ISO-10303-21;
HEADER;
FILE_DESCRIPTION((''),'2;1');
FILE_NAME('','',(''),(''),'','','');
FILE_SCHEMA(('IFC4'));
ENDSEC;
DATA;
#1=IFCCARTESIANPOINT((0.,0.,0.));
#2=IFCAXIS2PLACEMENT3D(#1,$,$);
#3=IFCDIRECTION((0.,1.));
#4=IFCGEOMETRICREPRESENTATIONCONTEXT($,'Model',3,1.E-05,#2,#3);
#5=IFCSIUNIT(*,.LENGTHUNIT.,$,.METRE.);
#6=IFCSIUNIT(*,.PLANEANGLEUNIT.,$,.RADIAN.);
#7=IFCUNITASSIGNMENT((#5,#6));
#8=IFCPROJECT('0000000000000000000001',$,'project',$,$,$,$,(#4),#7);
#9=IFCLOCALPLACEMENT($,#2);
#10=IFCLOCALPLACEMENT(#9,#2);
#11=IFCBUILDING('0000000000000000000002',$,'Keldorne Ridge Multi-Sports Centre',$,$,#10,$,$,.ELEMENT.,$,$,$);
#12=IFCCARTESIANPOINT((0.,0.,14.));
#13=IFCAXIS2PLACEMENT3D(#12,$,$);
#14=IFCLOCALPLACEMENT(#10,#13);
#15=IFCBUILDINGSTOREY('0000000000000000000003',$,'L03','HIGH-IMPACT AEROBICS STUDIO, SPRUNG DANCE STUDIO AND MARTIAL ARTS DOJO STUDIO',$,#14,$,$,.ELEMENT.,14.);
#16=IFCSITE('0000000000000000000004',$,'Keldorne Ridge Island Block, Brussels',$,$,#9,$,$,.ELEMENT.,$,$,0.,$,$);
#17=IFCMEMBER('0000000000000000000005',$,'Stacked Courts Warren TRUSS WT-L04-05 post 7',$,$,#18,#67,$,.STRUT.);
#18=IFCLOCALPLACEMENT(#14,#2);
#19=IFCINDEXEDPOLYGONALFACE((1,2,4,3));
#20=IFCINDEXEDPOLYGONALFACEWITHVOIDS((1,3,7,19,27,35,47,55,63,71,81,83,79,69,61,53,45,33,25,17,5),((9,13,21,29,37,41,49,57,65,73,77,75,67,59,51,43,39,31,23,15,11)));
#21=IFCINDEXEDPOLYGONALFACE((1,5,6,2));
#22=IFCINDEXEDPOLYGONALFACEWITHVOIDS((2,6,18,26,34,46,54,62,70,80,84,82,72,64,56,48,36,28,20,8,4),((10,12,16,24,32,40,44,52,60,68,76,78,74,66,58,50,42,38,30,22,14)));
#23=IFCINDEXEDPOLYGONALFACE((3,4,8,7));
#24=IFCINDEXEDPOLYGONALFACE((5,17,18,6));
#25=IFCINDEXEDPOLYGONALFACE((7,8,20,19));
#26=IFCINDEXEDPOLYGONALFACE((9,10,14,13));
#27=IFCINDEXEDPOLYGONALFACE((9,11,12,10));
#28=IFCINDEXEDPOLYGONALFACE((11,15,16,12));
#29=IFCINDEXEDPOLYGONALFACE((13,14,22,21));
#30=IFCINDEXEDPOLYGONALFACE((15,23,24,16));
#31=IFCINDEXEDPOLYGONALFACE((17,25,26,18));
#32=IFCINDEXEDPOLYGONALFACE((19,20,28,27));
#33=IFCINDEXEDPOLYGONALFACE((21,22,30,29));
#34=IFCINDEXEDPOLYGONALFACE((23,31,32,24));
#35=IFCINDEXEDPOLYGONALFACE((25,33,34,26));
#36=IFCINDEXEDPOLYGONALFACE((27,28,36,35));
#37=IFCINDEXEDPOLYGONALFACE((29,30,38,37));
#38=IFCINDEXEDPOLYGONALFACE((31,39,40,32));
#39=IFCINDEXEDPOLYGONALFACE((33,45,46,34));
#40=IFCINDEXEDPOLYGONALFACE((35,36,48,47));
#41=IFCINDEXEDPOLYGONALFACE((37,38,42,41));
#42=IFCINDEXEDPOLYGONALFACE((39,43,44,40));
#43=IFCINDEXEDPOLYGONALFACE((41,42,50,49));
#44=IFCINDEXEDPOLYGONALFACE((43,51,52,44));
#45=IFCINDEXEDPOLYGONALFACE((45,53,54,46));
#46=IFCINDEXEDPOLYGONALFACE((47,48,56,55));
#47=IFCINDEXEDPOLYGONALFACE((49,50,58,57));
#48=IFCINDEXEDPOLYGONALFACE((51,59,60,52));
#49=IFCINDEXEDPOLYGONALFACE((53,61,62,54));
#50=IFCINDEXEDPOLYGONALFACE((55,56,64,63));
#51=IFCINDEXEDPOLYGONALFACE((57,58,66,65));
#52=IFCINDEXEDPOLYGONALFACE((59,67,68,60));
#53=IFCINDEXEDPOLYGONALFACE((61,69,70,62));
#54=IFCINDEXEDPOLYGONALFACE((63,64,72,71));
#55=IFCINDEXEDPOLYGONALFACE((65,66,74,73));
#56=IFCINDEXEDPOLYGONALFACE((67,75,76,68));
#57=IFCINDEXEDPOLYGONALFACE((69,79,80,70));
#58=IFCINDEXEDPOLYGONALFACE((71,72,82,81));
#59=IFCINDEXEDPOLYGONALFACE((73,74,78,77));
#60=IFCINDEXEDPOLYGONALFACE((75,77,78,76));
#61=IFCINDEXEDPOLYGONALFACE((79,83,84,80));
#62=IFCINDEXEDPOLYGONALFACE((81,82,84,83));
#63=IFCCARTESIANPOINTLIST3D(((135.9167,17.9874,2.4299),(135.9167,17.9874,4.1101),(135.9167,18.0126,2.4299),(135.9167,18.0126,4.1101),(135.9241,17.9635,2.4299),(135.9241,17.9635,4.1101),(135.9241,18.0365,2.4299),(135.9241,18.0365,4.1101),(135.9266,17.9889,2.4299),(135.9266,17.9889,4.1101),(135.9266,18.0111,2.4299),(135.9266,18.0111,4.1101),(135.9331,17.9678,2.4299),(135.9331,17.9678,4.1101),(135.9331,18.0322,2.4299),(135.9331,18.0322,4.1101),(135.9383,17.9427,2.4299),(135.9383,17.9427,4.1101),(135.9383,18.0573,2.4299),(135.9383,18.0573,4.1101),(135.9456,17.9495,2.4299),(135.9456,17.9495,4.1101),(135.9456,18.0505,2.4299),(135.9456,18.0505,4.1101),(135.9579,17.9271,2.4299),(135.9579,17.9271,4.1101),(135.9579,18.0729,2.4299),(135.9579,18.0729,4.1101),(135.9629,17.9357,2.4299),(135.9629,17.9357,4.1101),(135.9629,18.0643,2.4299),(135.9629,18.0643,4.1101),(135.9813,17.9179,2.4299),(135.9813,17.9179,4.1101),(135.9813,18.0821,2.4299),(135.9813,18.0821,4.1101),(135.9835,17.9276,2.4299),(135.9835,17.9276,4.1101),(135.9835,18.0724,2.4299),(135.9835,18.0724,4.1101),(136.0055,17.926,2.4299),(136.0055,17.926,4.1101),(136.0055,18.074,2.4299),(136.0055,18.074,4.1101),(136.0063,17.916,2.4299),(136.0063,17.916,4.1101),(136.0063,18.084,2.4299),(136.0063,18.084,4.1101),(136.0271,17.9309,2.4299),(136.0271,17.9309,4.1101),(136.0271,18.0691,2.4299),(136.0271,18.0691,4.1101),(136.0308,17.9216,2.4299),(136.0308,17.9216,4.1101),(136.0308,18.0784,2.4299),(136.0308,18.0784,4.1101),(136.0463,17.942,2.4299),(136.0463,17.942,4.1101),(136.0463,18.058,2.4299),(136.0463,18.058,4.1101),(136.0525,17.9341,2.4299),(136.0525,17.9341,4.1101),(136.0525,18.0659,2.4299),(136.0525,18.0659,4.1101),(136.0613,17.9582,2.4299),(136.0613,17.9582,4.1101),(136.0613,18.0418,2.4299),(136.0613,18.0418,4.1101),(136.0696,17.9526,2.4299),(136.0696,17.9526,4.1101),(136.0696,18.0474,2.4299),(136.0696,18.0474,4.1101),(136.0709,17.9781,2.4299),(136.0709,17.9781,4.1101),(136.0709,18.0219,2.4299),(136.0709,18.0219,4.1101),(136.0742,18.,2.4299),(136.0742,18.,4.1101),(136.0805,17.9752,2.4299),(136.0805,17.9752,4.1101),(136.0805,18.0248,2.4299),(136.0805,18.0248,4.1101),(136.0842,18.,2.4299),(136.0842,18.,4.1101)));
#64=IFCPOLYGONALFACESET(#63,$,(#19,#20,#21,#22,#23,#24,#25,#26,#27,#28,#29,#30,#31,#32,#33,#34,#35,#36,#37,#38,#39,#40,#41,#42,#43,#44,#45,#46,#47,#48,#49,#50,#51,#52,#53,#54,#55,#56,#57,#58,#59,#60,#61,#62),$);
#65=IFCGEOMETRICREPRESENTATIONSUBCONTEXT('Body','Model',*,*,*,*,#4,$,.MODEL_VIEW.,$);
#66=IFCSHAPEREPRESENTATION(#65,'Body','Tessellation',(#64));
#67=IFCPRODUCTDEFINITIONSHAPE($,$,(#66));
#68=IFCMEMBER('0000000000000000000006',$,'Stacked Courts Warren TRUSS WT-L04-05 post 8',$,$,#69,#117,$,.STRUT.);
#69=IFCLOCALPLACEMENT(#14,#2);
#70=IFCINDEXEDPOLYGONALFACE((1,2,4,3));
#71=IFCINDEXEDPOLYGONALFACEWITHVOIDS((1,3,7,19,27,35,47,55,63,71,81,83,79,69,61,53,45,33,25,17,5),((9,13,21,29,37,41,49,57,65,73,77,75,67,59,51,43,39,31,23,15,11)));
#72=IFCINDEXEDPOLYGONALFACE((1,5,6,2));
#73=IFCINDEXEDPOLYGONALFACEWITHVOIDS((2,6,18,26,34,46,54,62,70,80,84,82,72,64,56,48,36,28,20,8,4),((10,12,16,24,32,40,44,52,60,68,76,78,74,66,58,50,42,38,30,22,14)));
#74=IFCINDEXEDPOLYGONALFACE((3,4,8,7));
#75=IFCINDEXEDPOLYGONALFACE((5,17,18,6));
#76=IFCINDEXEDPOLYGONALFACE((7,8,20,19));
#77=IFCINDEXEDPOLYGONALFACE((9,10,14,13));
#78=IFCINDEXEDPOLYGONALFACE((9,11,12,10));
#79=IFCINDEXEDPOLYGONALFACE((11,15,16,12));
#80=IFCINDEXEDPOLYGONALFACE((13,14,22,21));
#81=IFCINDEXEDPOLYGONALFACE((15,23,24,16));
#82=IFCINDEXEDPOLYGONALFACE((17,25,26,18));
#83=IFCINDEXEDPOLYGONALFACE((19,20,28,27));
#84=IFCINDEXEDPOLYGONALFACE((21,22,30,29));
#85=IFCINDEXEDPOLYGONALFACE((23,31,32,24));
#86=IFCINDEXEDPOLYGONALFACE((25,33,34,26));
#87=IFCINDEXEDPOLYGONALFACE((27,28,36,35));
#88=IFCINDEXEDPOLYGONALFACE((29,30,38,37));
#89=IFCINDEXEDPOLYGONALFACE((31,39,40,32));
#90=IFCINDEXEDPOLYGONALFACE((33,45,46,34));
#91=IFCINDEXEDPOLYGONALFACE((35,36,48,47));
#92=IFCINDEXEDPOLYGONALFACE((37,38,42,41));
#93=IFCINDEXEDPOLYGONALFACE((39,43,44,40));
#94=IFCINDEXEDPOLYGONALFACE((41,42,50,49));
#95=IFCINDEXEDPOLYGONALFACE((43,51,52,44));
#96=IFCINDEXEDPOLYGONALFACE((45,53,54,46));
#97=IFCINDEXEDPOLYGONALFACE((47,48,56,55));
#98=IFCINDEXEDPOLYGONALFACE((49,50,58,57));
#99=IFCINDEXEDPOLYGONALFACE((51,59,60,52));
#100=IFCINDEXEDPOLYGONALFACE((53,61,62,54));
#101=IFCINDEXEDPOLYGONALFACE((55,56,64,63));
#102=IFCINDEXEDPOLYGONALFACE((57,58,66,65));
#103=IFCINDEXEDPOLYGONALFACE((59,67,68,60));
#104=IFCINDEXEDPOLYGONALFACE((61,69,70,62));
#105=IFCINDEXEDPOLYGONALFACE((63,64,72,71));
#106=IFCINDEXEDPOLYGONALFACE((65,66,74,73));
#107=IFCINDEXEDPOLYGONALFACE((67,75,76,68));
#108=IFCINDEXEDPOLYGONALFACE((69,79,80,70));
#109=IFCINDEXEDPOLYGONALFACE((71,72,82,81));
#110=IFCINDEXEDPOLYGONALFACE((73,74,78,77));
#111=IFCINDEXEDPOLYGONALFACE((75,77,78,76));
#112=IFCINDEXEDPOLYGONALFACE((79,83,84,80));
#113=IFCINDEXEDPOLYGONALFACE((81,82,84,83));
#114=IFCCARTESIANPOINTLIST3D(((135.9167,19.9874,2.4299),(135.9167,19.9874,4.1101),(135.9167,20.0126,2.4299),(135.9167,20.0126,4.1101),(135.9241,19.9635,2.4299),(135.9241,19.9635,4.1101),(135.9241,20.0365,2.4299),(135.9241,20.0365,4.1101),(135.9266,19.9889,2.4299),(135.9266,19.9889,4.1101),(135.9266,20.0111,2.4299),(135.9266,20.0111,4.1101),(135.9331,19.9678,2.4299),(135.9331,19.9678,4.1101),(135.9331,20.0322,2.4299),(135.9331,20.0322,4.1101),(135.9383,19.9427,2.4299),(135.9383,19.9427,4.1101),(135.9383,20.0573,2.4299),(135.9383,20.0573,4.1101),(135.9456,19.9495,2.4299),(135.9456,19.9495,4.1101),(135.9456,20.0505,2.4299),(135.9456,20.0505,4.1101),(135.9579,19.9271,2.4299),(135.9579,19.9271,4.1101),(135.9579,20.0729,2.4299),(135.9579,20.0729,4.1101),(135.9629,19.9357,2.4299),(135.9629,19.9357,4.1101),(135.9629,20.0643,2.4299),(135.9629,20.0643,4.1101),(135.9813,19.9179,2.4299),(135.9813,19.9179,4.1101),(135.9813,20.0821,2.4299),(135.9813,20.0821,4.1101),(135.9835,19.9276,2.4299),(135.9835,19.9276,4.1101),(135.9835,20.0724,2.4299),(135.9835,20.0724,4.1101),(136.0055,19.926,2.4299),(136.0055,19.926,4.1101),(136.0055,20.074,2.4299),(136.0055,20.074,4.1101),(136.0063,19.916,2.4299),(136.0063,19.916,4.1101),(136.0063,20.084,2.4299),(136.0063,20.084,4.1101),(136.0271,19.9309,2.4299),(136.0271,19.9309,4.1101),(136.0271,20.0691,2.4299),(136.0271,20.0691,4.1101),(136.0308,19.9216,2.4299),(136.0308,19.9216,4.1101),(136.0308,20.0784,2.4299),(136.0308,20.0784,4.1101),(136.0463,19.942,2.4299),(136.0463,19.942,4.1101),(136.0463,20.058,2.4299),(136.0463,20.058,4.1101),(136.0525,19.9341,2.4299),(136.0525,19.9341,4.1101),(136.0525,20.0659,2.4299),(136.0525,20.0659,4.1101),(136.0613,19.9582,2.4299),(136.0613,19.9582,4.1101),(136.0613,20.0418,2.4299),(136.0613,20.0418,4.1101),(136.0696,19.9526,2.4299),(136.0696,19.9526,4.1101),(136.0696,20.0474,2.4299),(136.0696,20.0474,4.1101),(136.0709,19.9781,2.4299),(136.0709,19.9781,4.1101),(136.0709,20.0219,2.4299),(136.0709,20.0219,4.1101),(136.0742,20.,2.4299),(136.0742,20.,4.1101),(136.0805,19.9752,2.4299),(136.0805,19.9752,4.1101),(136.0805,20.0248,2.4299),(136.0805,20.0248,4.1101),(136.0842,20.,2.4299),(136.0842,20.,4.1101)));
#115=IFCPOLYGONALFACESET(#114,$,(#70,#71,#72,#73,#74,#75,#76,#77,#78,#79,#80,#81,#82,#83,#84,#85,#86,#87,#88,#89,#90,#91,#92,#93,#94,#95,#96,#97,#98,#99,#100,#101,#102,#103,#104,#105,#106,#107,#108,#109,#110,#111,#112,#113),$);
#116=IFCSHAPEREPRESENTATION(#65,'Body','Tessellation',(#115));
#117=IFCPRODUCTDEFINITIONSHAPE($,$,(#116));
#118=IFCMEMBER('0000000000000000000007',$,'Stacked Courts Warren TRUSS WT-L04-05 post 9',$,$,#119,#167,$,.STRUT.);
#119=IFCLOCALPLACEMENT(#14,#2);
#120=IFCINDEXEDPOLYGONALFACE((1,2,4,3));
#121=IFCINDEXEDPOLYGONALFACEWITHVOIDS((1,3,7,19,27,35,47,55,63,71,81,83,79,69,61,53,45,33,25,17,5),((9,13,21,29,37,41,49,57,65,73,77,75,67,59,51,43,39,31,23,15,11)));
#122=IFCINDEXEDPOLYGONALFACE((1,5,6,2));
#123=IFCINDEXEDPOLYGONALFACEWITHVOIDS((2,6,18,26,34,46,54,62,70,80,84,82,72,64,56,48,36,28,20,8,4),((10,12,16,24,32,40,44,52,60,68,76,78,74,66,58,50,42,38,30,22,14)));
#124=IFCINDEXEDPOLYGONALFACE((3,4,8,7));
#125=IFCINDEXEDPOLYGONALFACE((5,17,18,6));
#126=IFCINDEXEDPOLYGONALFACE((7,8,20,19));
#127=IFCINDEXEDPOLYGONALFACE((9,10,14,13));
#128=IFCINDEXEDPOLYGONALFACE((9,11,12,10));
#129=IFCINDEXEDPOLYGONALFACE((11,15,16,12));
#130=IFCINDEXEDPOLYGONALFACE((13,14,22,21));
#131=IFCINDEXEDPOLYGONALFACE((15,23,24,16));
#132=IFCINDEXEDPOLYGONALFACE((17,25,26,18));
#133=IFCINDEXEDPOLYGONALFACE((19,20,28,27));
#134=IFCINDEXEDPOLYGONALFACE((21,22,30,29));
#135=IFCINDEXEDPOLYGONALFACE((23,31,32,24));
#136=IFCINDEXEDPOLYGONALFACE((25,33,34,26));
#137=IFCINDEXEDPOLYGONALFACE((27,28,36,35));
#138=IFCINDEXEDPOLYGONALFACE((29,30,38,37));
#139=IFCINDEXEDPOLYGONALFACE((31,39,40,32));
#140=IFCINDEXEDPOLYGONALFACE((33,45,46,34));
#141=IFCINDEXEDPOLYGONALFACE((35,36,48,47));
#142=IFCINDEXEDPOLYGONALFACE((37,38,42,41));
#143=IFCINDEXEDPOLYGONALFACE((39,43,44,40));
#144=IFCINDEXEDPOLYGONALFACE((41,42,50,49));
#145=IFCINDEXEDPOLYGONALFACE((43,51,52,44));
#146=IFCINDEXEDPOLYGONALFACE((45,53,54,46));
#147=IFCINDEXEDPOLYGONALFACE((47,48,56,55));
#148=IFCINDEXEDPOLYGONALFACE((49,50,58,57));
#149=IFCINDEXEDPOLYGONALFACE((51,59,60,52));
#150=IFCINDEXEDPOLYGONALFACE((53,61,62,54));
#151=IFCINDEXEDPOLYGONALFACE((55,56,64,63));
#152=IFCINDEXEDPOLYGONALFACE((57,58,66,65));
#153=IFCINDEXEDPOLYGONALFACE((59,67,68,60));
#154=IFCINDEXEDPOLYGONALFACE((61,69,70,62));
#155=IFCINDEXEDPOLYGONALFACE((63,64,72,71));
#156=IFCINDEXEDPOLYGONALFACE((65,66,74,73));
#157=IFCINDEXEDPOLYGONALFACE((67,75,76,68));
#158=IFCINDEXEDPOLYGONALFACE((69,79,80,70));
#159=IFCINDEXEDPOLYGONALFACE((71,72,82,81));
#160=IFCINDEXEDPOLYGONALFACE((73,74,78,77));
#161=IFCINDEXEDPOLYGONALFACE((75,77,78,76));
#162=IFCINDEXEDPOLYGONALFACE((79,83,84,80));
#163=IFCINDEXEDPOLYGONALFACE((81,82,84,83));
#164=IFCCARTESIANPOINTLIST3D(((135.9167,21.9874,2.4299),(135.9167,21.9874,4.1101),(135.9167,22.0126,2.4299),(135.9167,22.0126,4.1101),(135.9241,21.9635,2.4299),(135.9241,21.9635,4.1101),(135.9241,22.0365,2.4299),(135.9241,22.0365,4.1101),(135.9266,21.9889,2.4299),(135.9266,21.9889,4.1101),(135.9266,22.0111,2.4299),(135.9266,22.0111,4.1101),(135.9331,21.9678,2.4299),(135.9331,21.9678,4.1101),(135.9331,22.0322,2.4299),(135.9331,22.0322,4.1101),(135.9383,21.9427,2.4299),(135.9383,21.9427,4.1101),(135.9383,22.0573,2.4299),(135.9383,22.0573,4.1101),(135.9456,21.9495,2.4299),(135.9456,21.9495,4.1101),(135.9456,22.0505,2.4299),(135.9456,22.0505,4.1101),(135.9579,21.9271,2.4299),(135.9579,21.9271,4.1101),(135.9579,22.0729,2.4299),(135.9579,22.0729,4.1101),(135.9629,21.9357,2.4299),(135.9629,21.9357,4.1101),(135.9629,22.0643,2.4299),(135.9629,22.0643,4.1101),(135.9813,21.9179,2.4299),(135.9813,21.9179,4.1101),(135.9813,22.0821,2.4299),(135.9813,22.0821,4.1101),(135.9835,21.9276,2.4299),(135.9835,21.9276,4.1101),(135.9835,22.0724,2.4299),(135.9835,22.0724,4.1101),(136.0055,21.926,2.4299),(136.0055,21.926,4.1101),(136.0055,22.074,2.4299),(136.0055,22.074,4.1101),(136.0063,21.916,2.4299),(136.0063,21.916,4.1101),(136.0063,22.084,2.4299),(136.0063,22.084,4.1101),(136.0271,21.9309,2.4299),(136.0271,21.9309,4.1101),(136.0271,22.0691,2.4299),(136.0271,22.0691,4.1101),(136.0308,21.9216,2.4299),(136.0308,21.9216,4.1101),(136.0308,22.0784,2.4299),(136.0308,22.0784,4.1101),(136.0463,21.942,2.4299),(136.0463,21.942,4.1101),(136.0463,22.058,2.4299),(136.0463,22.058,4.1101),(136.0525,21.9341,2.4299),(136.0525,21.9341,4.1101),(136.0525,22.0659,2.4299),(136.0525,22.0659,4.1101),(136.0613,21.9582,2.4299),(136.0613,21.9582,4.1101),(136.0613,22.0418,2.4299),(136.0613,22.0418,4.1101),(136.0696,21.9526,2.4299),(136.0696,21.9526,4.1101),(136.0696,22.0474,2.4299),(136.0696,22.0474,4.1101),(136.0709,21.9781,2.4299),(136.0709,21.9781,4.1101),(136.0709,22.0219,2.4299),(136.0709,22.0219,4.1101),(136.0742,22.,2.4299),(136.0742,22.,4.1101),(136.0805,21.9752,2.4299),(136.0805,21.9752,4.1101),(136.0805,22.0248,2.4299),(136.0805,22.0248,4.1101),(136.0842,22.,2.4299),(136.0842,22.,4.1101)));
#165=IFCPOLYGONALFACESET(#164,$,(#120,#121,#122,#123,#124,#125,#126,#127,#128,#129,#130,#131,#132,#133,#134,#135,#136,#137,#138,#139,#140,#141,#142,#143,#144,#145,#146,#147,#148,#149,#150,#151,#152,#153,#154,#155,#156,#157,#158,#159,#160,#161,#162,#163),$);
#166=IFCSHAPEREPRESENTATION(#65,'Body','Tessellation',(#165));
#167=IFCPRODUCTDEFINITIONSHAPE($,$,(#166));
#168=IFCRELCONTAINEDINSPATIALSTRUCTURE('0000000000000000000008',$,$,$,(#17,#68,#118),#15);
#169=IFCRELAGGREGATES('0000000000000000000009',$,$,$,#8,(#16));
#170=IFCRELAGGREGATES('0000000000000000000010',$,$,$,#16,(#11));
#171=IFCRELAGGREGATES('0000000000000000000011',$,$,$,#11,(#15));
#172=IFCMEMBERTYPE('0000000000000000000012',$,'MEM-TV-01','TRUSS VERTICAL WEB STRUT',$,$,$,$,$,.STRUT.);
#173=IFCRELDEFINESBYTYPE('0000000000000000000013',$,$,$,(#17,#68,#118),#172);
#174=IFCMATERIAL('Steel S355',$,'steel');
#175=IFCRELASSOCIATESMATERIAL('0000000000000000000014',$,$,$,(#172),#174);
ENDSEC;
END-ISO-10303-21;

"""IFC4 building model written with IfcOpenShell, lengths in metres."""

from ifc_helpers import new_model, si_unit, direction, frame, origin, origin_2d, place, context, subcontext, project, spatial, hollow_circle, extrude, material, material_profile, profile_set, type_object, element, save


model = new_model("IFC4")

# Units and contexts
model_context = context("Model", 3, precision=1e-05, world=origin(), true_north=direction((0.0, 1.0)))
body_context = subcontext(model_context, "Body", "Model", "MODEL_VIEW")
ifc_project = project(units=[si_unit("LENGTHUNIT", "METRE"), si_unit("PLANEANGLEUNIT", "RADIAN")], contexts=[model_context])

# Site, building, storey
site_placement = place(None, origin())
site = spatial("IfcSite", under=ifc_project, at=site_placement, Name="Keldorne Ridge Island Block, Brussels", CompositionType="ELEMENT", RefElevation=0.0)
building_placement = place(site_placement, origin())
building = spatial("IfcBuilding", under=site, at=building_placement, Name="Keldorne Ridge Multi-Sports Centre", CompositionType="ELEMENT")
storey_placement = place(building_placement, frame((0.0, 0.0, 14.0)))
storey = spatial("IfcBuildingStorey", under=building, at=storey_placement, Name="L03", Description="HIGH-IMPACT AEROBICS STUDIO, SPRUNG DANCE STUDIO AND MARTIAL ARTS DOJO STUDIO", CompositionType="ELEMENT", Elevation=14.0)

# Members
ifc_material = material(Name="Steel S355", Category="steel")
ifc_material_profile_1 = material_profile(ifc_material, hollow_circle(Radius=0.0842, WallThickness=0.01, at=origin_2d()), Name="CHS 168.3x10")
ifc_profile_set_1 = profile_set([ifc_material_profile_1], Name="Steel S355")
member_type_1 = type_object("IfcMemberType", Name="MEM-TV-01", Description="TRUSS VERTICAL WEB STRUT", PredefinedType="STRUT", material=ifc_profile_set_1)
for number, where, z_axis, x_axis, name in (
    (1, (136.0, 18.0, 2.4299), (0.0, 0.0, 1.0), (1.0, 0.0, 0.0), "Stacked Courts Warren TRUSS WT-L04-05 post 7"),
    (2, (136.0, 20.0, 2.4299), (0.0, 0.0, 1.0), (1.0, 0.0, 0.0), "Stacked Courts Warren TRUSS WT-L04-05 post 8"),
    (3, (136.0, 22.0, 2.4299), (0.0, 0.0, 1.0), (1.0, 0.0, 0.0), "Stacked Courts Warren TRUSS WT-L04-05 post 9"),
):
    element("IfcMember", number, at=place(storey_placement, frame(where, z_axis=z_axis, x_axis=x_axis)), inside=storey, type_object=member_type_1, Name=name, PredefinedType="STRUT", context=body_context, shape_type="SweptSolid", body=[
        extrude(hollow_circle(Radius=0.0842, WallThickness=0.01, at=origin_2d()), origin(), (0.0, 0.0, 1.0), 1.6802),
    ])

save(model, "model.ifc")
